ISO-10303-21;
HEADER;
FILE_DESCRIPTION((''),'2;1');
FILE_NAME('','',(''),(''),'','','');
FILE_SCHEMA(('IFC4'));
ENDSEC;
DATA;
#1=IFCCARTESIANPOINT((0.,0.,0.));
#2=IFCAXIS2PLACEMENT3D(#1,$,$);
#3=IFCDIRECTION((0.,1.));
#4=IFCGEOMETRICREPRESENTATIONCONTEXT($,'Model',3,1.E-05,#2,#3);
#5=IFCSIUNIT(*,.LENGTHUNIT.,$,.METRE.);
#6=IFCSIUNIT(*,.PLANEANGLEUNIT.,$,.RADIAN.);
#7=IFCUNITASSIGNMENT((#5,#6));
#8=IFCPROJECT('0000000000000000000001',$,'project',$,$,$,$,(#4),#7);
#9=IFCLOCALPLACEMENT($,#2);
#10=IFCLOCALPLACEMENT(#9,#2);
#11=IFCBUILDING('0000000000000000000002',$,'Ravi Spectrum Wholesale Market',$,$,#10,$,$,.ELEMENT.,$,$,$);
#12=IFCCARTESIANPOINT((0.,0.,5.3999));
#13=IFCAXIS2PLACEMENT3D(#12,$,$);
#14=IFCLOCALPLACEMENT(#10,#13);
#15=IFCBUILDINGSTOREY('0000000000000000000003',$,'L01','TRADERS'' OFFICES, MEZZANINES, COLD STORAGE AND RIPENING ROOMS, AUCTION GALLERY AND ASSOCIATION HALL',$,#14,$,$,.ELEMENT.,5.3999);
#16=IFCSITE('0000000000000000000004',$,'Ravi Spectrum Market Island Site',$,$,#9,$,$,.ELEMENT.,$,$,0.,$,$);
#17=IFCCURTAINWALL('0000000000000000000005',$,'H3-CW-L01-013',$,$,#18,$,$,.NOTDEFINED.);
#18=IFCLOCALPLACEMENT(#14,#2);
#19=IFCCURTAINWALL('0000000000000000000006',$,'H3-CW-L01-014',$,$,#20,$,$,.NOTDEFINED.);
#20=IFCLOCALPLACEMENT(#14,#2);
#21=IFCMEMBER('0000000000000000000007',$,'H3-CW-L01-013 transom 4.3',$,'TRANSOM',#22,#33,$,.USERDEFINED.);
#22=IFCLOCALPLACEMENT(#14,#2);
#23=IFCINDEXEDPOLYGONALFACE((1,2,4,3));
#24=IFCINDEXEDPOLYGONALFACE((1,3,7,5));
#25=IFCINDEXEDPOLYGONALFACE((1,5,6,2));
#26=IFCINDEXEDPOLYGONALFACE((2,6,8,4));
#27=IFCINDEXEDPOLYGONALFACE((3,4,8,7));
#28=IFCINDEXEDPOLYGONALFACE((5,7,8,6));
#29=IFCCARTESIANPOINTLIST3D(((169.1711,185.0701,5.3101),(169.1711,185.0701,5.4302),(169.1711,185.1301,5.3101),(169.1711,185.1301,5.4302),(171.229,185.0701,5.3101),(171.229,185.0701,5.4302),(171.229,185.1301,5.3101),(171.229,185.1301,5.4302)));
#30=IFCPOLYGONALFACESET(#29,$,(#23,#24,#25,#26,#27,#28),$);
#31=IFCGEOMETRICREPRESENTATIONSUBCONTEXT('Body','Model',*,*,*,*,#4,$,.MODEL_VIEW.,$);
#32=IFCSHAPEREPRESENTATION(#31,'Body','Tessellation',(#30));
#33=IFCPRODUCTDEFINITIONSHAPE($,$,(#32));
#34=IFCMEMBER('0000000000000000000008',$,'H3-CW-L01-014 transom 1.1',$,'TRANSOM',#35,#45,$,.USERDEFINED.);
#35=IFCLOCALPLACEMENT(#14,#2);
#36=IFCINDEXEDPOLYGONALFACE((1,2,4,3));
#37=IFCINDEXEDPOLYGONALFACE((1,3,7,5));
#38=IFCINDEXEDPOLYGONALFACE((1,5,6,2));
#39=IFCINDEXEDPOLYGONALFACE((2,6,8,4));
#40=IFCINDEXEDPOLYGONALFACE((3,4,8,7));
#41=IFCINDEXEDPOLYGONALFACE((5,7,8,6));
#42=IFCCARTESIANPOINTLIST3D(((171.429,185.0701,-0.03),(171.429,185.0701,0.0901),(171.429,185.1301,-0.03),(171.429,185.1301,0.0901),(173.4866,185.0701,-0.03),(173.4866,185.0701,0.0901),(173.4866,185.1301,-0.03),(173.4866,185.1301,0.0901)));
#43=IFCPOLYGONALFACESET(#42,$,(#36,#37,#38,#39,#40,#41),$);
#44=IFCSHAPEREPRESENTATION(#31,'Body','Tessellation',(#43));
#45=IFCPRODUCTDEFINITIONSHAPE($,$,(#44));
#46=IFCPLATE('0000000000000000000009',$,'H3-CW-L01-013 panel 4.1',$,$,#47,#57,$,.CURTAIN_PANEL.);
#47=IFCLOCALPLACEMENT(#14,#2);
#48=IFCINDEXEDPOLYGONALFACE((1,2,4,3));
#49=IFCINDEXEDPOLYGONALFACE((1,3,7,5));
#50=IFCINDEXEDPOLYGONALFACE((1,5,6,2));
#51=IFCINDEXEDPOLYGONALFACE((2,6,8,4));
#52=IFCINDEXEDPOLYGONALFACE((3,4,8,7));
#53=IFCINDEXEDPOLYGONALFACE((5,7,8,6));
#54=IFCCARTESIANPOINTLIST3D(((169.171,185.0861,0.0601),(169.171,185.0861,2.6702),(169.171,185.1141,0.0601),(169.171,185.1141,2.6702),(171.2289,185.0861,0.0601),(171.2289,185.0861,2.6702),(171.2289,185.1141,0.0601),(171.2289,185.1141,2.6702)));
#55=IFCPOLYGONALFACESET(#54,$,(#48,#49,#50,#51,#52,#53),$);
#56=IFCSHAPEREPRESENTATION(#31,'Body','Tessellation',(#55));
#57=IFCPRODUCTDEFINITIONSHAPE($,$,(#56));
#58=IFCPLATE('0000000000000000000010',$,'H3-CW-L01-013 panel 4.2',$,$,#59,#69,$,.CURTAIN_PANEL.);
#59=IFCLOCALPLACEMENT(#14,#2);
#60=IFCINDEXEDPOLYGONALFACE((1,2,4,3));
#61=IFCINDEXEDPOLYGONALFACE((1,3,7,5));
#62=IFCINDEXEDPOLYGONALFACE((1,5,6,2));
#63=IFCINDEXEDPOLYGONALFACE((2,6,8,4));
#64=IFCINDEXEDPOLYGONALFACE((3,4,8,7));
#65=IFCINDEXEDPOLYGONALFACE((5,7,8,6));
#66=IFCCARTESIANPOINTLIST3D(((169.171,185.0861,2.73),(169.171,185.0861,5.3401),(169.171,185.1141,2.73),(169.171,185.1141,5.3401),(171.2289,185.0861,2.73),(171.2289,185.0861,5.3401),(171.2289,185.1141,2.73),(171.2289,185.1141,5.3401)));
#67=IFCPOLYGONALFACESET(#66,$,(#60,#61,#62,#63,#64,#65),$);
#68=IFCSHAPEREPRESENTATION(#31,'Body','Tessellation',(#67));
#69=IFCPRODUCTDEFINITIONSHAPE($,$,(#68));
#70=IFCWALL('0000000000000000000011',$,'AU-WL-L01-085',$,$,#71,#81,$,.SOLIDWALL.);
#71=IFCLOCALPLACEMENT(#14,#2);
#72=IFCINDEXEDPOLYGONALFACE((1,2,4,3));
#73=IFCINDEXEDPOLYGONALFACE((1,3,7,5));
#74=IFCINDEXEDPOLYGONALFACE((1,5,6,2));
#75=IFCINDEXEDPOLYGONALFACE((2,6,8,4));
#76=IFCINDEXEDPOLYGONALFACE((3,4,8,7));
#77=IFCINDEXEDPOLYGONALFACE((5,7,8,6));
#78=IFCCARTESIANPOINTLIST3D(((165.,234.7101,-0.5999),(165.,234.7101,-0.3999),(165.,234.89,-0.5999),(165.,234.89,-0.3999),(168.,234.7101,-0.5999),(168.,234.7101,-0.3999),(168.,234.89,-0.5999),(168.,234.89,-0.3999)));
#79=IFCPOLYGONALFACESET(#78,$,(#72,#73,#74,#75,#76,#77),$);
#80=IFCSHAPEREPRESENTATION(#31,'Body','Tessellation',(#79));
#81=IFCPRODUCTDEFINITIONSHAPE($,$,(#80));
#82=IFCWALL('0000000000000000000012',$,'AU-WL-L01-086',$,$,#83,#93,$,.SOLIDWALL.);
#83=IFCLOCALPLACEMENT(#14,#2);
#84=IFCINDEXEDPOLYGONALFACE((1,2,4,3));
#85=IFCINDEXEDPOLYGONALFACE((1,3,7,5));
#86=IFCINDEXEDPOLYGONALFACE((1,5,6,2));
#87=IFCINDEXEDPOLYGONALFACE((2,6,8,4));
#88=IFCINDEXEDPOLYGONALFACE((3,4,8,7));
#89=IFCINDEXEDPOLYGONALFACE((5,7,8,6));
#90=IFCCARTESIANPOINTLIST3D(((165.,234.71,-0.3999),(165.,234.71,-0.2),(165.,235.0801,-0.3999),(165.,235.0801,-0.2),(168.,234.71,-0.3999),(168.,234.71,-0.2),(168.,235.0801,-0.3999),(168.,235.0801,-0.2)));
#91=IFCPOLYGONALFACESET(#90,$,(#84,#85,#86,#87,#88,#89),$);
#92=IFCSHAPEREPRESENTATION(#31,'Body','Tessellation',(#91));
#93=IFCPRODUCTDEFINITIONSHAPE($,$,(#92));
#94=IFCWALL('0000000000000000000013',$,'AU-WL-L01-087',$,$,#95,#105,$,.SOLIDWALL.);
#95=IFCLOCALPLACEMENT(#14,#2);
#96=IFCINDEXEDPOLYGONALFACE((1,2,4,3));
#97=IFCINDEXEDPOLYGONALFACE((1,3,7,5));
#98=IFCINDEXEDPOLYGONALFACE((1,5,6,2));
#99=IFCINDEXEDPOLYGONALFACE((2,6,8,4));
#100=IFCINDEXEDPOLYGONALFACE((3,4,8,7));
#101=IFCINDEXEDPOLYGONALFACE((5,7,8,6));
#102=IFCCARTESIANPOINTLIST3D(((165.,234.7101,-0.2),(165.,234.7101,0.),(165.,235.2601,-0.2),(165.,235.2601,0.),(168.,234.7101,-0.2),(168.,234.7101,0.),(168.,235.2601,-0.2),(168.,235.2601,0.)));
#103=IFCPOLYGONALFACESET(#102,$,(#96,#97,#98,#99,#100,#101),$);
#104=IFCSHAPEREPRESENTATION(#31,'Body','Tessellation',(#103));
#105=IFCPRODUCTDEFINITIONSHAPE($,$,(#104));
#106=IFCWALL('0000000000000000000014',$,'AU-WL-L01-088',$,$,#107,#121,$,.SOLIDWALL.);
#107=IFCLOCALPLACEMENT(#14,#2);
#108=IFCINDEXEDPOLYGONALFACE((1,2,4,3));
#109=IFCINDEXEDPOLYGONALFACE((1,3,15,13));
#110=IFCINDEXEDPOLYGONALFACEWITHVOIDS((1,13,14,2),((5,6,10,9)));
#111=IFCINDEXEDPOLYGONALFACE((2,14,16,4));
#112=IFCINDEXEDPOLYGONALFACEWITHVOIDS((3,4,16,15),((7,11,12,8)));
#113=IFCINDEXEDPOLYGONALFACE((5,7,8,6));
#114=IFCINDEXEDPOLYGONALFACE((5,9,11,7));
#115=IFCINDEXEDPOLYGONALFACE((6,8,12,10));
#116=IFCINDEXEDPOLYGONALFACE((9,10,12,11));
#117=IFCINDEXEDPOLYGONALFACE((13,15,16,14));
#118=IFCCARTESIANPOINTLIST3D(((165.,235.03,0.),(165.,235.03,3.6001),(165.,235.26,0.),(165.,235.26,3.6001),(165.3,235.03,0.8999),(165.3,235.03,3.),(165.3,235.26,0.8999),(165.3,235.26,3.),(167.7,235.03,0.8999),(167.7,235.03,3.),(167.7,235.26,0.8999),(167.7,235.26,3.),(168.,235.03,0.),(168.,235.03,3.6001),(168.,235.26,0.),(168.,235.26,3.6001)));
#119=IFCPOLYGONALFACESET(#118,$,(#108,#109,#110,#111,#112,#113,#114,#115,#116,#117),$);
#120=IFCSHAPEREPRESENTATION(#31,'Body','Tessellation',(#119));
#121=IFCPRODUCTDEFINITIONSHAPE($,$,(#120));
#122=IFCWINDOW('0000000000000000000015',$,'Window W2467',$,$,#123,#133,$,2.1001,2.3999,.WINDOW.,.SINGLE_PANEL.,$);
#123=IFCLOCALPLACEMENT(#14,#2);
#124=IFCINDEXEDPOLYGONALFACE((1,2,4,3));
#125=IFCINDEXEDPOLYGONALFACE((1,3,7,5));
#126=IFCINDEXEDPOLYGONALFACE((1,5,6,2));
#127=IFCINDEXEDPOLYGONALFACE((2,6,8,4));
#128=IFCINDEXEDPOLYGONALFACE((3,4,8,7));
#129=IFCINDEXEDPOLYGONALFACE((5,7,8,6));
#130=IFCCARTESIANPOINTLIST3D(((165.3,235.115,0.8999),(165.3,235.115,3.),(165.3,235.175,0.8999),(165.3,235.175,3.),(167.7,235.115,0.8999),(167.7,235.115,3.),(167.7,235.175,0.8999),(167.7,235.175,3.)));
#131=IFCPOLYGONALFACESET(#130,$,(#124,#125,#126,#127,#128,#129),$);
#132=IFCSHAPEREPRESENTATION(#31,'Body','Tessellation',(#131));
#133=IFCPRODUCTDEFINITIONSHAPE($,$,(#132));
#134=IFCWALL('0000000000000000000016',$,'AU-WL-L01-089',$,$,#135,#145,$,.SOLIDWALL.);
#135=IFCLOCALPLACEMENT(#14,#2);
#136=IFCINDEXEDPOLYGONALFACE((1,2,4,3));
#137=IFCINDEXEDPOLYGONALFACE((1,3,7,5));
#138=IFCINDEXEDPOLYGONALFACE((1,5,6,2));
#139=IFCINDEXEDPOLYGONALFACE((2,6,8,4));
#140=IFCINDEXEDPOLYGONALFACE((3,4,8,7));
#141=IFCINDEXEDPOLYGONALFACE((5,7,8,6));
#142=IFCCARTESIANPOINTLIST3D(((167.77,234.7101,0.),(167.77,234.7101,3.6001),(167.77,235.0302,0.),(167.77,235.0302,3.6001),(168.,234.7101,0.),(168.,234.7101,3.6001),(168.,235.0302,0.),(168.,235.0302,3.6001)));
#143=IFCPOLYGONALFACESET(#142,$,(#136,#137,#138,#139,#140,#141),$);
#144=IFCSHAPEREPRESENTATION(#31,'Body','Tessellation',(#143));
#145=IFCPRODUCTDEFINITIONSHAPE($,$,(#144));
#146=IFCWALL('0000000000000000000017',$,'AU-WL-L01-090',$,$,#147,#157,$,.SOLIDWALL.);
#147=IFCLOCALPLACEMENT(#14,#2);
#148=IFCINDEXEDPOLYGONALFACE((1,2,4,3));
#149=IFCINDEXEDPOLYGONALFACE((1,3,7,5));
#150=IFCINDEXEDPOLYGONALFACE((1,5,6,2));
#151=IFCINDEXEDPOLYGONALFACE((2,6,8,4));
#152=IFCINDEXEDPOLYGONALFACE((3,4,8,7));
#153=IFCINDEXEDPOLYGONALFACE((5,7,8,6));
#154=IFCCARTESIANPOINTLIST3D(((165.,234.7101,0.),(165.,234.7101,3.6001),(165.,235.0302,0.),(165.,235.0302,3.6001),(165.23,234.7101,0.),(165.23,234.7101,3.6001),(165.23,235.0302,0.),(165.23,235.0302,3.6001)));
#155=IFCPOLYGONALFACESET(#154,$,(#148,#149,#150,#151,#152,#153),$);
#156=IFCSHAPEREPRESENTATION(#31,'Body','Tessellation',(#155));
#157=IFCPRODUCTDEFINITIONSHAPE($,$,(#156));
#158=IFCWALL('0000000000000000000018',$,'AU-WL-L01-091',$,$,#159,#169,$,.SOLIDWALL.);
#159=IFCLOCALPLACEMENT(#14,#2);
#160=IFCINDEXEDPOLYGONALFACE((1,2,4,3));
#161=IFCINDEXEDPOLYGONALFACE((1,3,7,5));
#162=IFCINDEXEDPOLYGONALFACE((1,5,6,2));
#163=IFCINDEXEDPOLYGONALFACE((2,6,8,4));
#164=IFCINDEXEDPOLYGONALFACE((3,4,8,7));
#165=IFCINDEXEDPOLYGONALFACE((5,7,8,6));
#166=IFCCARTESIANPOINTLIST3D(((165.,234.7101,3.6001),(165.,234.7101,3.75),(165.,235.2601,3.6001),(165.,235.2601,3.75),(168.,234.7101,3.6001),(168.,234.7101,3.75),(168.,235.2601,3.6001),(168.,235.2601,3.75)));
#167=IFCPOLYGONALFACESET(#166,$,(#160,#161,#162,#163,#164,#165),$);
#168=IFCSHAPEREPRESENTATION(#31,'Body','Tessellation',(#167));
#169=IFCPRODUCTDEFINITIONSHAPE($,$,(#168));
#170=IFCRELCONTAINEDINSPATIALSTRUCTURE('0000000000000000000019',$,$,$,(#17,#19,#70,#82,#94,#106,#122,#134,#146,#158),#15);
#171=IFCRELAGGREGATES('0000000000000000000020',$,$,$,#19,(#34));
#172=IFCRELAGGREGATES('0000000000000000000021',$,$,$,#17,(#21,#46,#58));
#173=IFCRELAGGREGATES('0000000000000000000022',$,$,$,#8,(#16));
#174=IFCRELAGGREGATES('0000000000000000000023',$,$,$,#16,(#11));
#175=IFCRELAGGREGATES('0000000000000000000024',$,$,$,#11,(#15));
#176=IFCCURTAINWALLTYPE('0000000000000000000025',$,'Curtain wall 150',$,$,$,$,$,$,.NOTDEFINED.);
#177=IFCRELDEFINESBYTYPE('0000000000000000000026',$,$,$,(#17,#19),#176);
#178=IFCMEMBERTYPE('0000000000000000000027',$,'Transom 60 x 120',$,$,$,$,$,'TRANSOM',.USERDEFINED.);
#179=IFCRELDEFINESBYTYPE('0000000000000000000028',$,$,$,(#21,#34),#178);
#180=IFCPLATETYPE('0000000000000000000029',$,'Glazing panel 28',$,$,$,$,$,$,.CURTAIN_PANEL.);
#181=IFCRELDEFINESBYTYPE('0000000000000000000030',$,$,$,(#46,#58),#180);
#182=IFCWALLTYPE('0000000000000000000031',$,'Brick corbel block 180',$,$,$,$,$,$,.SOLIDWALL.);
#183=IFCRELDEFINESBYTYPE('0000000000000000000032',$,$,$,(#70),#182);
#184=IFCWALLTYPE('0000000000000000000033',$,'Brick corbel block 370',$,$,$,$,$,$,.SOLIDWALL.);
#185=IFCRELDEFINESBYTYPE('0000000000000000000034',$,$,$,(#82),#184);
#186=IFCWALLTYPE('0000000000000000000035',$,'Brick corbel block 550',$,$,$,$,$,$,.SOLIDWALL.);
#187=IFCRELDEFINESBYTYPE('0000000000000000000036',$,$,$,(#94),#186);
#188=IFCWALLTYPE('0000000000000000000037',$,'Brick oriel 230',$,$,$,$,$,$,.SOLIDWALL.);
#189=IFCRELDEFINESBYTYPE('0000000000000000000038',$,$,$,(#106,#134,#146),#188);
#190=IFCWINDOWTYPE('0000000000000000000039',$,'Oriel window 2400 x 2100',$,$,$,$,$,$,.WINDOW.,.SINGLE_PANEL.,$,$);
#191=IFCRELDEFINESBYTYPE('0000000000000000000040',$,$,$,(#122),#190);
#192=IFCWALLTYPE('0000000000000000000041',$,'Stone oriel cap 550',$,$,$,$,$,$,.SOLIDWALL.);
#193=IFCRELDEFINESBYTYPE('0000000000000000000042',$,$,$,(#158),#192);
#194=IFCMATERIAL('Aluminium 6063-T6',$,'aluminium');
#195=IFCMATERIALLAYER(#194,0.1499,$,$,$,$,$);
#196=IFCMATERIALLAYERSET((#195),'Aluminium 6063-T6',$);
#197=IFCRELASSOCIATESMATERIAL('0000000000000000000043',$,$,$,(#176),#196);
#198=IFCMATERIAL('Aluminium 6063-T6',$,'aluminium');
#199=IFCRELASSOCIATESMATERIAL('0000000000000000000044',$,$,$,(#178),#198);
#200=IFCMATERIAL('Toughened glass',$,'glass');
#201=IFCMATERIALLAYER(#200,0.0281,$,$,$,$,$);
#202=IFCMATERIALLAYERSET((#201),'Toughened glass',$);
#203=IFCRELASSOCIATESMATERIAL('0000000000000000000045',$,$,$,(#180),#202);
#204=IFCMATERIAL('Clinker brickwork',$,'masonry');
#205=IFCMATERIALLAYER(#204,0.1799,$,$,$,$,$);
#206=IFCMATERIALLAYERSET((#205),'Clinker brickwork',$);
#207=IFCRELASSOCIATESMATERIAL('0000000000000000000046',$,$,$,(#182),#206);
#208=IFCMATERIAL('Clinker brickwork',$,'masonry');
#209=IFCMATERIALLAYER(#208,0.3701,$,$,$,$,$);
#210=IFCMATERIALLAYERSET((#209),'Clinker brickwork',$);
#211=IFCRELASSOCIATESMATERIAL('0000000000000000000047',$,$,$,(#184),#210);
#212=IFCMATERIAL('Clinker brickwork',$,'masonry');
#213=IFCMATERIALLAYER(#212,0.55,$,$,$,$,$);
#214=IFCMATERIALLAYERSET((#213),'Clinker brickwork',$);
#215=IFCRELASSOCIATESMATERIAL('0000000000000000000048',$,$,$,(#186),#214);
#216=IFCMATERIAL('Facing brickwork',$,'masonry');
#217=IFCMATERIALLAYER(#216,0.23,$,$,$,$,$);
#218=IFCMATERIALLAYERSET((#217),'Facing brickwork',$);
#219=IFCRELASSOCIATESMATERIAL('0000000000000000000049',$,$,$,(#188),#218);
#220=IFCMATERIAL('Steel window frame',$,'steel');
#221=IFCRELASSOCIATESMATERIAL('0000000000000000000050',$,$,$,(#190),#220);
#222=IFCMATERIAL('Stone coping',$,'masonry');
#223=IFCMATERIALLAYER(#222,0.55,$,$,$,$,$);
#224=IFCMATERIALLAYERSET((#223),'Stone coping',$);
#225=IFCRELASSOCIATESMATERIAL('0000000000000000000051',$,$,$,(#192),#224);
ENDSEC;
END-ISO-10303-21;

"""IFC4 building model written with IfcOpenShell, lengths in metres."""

from ifc_helpers import new_model, si_unit, direction, frame, frame_2d, origin, origin_2d, place, context, subcontext, project, spatial, rectangle, extrude, material, layer, layer_set, material_profile, profile_set, type_object, element, fill, aggregate, save


model = new_model("IFC4")

# Units and contexts
model_context = context("Model", 3, precision=1e-05, world=origin(), true_north=direction((0.0, 1.0)))
body_context = subcontext(model_context, "Body", "Model", "MODEL_VIEW")
ifc_project = project(units=[si_unit("LENGTHUNIT", "METRE"), si_unit("PLANEANGLEUNIT", "RADIAN")], contexts=[model_context])

# Site, building, storey
site_placement = place(None, origin())
site = spatial("IfcSite", under=ifc_project, at=site_placement, Name="Ravi Spectrum Market Island Site", CompositionType="ELEMENT", RefElevation=0.0)
building_placement = place(site_placement, origin())
building = spatial("IfcBuilding", under=site, at=building_placement, Name="Ravi Spectrum Wholesale Market", CompositionType="ELEMENT")
storey_placement = place(building_placement, frame((0.0, 0.0, 5.3999)))
storey = spatial("IfcBuildingStorey", under=building, at=storey_placement, Name="L01", Description="TRADERS' OFFICES, MEZZANINES, COLD STORAGE AND RIPENING ROOMS, AUCTION GALLERY AND ASSOCIATION HALL", CompositionType="ELEMENT", Elevation=5.3999)

# Curtain walls
ifc_material_1 = material(Name="Aluminium 6063-T6", Category="aluminium")
ifc_layer_1 = layer(ifc_material_1, 0.1499)
ifc_layer_set_1 = layer_set([ifc_layer_1], Name="Aluminium 6063-T6")
curtain_wall_type = type_object("IfcCurtainWallType", Name="Curtain wall 150", PredefinedType="NOTDEFINED", material=ifc_layer_set_1)
curtain_wall_1_placement = place(storey_placement, origin())
curtain_wall_1 = element("IfcCurtainWall", 1, at=curtain_wall_1_placement, inside=storey, type_object=curtain_wall_type, Name="H3-CW-L01-013", PredefinedType="NOTDEFINED")
curtain_wall_2_placement = place(storey_placement, origin())
curtain_wall_2 = element("IfcCurtainWall", 2, at=curtain_wall_2_placement, inside=storey, type_object=curtain_wall_type, Name="H3-CW-L01-014", PredefinedType="NOTDEFINED")

# Members
ifc_material_2 = material(Name="Aluminium 6063-T6", Category="aluminium")
ifc_material_profile_1 = material_profile(ifc_material_2, rectangle(XDim=0.0601, YDim=0.1201, at=origin_2d()))
ifc_profile_set_1 = profile_set([ifc_material_profile_1], Name="Aluminium 6063-T6")
member_type_1 = type_object("IfcMemberType", Name="Transom 60 x 120", ElementType="TRANSOM", PredefinedType="USERDEFINED", material=ifc_profile_set_1)
member_1_placement = place(storey_placement, frame((169.1711, 185.1001, 5.3701), z_axis=(1.0, 0.0, 0.0), x_axis=(0.0, 1.0, 0.0)))
member_1 = element("IfcMember", 3, at=member_1_placement, type_object=member_type_1, Name="H3-CW-L01-013 transom 4.3", ObjectType="TRANSOM", PredefinedType="USERDEFINED", context=body_context, shape_type="SweptSolid", body=[
    extrude(rectangle(XDim=0.0601, YDim=0.1201, at=origin_2d()), origin(), (0.0, 0.0, 1.0), 2.0579),
])
member_2_placement = place(storey_placement, frame((171.429, 185.1001, 0.03), z_axis=(1.0, 0.0, 0.0), x_axis=(0.0, 1.0, 0.0)))
member_2 = element("IfcMember", 4, at=member_2_placement, type_object=member_type_1, Name="H3-CW-L01-014 transom 1.1", ObjectType="TRANSOM", PredefinedType="USERDEFINED", context=body_context, shape_type="SweptSolid", body=[
    extrude(rectangle(XDim=0.0601, YDim=0.1201, at=origin_2d()), origin(), (0.0, 0.0, 1.0), 2.0576),
])
aggregate(curtain_wall_2, [member_2])

# Plates
ifc_material_3 = material(Name="Toughened glass", Category="glass")
ifc_layer_2 = layer(ifc_material_3, 0.0281)
ifc_layer_set_2 = layer_set([ifc_layer_2], Name="Toughened glass")
plate_type = type_object("IfcPlateType", Name="Glazing panel 28", PredefinedType="CURTAIN_PANEL", material=ifc_layer_set_2)
plate_1_placement = place(storey_placement, frame((170.2, 185.1001, 0.0601), z_axis=(0.0, 0.0, 1.0), x_axis=(1.0, 0.0, 0.0)))
plate_1 = element("IfcPlate", 5, at=plate_1_placement, type_object=plate_type, Name="H3-CW-L01-013 panel 4.1", PredefinedType="CURTAIN_PANEL", context=body_context, shape_type="SweptSolid", body=[
    extrude(rectangle(XDim=2.0579, YDim=0.0281, at=origin_2d()), origin(), (0.0, 0.0, 1.0), 2.6101),
])
plate_2_placement = place(storey_placement, frame((170.2, 185.1001, 2.73), z_axis=(0.0, 0.0, 1.0), x_axis=(1.0, 0.0, 0.0)))
plate_2 = element("IfcPlate", 6, at=plate_2_placement, type_object=plate_type, Name="H3-CW-L01-013 panel 4.2", PredefinedType="CURTAIN_PANEL", context=body_context, shape_type="SweptSolid", body=[
    extrude(rectangle(XDim=2.0579, YDim=0.0281, at=origin_2d()), origin(), (0.0, 0.0, 1.0), 2.6101),
])
aggregate(curtain_wall_1, [member_1, plate_1, plate_2])

# Walls
ifc_material_4 = material(Name="Clinker brickwork", Category="masonry")
ifc_layer_3 = layer(ifc_material_4, 0.1799)
ifc_layer_set_3 = layer_set([ifc_layer_3], Name="Clinker brickwork")
wall_type_1 = type_object("IfcWallType", Name="Brick corbel block 180", PredefinedType="SOLIDWALL", material=ifc_layer_set_3)
wall_1_placement = place(storey_placement, frame((168.0, 234.8, -0.5999), z_axis=(0.0, 0.0, 1.0), x_axis=(-1.0, 0.0, 0.0)))
element("IfcWall", 7, at=wall_1_placement, inside=storey, type_object=wall_type_1, Name="AU-WL-L01-085", PredefinedType="SOLIDWALL", context=body_context, shape_type="SweptSolid", body=[
    extrude(rectangle(XDim=3.0, YDim=0.1799, at=frame_2d((1.5, 0.0))), origin(), (0.0, 0.0, 1.0), 0.2),
])
ifc_material_5 = material(Name="Clinker brickwork", Category="masonry")
ifc_layer_4 = layer(ifc_material_5, 0.3701)
ifc_layer_set_4 = layer_set([ifc_layer_4], Name="Clinker brickwork")
wall_type_2 = type_object("IfcWallType", Name="Brick corbel block 370", PredefinedType="SOLIDWALL", material=ifc_layer_set_4)
wall_2_placement = place(storey_placement, frame((168.0, 234.895, -0.3999), z_axis=(0.0, 0.0, 1.0), x_axis=(-1.0, 0.0, 0.0)))
element("IfcWall", 8, at=wall_2_placement, inside=storey, type_object=wall_type_2, Name="AU-WL-L01-086", PredefinedType="SOLIDWALL", context=body_context, shape_type="SweptSolid", body=[
    extrude(rectangle(XDim=3.0, YDim=0.3701, at=frame_2d((1.5, 0.0))), origin(), (0.0, 0.0, 1.0), 0.2),
])
ifc_material_6 = material(Name="Clinker brickwork", Category="masonry")
ifc_layer_5 = layer(ifc_material_6, 0.55)
ifc_layer_set_5 = layer_set([ifc_layer_5], Name="Clinker brickwork")
wall_type_3 = type_object("IfcWallType", Name="Brick corbel block 550", PredefinedType="SOLIDWALL", material=ifc_layer_set_5)
wall_3_placement = place(storey_placement, frame((168.0, 234.9851, -0.2), z_axis=(0.0, 0.0, 1.0), x_axis=(-1.0, 0.0, 0.0)))
element("IfcWall", 9, at=wall_3_placement, inside=storey, type_object=wall_type_3, Name="AU-WL-L01-087", PredefinedType="SOLIDWALL", context=body_context, shape_type="SweptSolid", body=[
    extrude(rectangle(XDim=3.0, YDim=0.55, at=frame_2d((1.5, 0.0))), origin(), (0.0, 0.0, 1.0), 0.2),
])

# Wall, opening, window
ifc_material_7 = material(Name="Facing brickwork", Category="masonry")
ifc_layer_6 = layer(ifc_material_7, 0.23)
ifc_layer_set_6 = layer_set([ifc_layer_6], Name="Facing brickwork")
wall_type_4 = type_object("IfcWallType", Name="Brick oriel 230", PredefinedType="SOLIDWALL", material=ifc_layer_set_6)
wall_4_placement = place(storey_placement, frame((168.0, 235.145, 0.0), z_axis=(0.0, 0.0, 1.0), x_axis=(-1.0, 0.0, 0.0)))
wall_4 = element("IfcWall", 10, at=wall_4_placement, inside=storey, type_object=wall_type_4, Name="AU-WL-L01-088", PredefinedType="SOLIDWALL", context=body_context, shape_type="SweptSolid", body=[
    extrude(rectangle(XDim=3.0, YDim=0.23, at=frame_2d((1.5, 0.0))), origin(), (0.0, 0.0, 1.0), 3.6001),
])
opening_placement = place(wall_4_placement, frame((0.3, 0.0, 0.8999)))
opening = element("IfcOpeningElement", 11, at=opening_placement, cuts=wall_4, PredefinedType="OPENING", context=body_context, shape_type="SweptSolid", body=[
    extrude(rectangle(XDim=2.3999, YDim=2.1001, at=frame_2d((1.2, 1.05))), frame((0.0, 0.125, 0.0), z_axis=(0.0, -1.0, 0.0), x_axis=(1.0, 0.0, 0.0)), (0.0, 0.0, 1.0), 0.25),
])
ifc_material_8 = material(Name="Steel window frame", Category="steel")
window_type = type_object("IfcWindowType", Name="Oriel window 2400 x 2100", PartitioningType="SINGLE_PANEL", PredefinedType="WINDOW", material=ifc_material_8)
window_placement = place(opening_placement, origin())
window = element("IfcWindow", 12, at=window_placement, inside=storey, type_object=window_type, Name="Window W2467", OverallHeight=2.1001, OverallWidth=2.3999, PartitioningType="SINGLE_PANEL", PredefinedType="WINDOW", context=body_context, shape_type="SweptSolid", body=[
    extrude(rectangle(XDim=2.3999, YDim=2.1001, at=frame_2d((1.2, 1.05))), frame((0.0, 0.03, 0.0), z_axis=(0.0, -1.0, 0.0), x_axis=(1.0, 0.0, 0.0)), (0.0, 0.0, 1.0), 0.0601),
])
fill(opening, window)

# Walls
for number, where, z_axis, x_axis, name in (
    (13, (167.885, 234.71, 0.0), (0.0, 0.0, 1.0), (0.0, 1.0, 0.0), "AU-WL-L01-089"),
    (14, (165.115, 234.71, 0.0), (0.0, 0.0, 1.0), (0.0, 1.0, 0.0), "AU-WL-L01-090"),
):
    element("IfcWall", number, at=place(storey_placement, frame(where, z_axis=z_axis, x_axis=x_axis)), inside=storey, type_object=wall_type_4, Name=name, PredefinedType="SOLIDWALL", context=body_context, shape_type="SweptSolid", body=[
        extrude(rectangle(XDim=0.3201, YDim=0.23, at=frame_2d((0.1602, 0.0))), origin(), (0.0, 0.0, 1.0), 3.6001),
    ])
ifc_material_9 = material(Name="Stone coping", Category="masonry")
ifc_layer_7 = layer(ifc_material_9, 0.55)
ifc_layer_set_7 = layer_set([ifc_layer_7], Name="Stone coping")
wall_type_5 = type_object("IfcWallType", Name="Stone oriel cap 550", PredefinedType="SOLIDWALL", material=ifc_layer_set_7)
wall_5_placement = place(storey_placement, frame((168.0, 234.9851, 3.6001), z_axis=(0.0, 0.0, 1.0), x_axis=(-1.0, 0.0, 0.0)))
element("IfcWall", 15, at=wall_5_placement, inside=storey, type_object=wall_type_5, Name="AU-WL-L01-091", PredefinedType="SOLIDWALL", context=body_context, shape_type="SweptSolid", body=[
    extrude(rectangle(XDim=3.0, YDim=0.55, at=frame_2d((1.5, 0.0))), origin(), (0.0, 0.0, 1.0), 0.1499),
])

save(model, "model.ifc")
